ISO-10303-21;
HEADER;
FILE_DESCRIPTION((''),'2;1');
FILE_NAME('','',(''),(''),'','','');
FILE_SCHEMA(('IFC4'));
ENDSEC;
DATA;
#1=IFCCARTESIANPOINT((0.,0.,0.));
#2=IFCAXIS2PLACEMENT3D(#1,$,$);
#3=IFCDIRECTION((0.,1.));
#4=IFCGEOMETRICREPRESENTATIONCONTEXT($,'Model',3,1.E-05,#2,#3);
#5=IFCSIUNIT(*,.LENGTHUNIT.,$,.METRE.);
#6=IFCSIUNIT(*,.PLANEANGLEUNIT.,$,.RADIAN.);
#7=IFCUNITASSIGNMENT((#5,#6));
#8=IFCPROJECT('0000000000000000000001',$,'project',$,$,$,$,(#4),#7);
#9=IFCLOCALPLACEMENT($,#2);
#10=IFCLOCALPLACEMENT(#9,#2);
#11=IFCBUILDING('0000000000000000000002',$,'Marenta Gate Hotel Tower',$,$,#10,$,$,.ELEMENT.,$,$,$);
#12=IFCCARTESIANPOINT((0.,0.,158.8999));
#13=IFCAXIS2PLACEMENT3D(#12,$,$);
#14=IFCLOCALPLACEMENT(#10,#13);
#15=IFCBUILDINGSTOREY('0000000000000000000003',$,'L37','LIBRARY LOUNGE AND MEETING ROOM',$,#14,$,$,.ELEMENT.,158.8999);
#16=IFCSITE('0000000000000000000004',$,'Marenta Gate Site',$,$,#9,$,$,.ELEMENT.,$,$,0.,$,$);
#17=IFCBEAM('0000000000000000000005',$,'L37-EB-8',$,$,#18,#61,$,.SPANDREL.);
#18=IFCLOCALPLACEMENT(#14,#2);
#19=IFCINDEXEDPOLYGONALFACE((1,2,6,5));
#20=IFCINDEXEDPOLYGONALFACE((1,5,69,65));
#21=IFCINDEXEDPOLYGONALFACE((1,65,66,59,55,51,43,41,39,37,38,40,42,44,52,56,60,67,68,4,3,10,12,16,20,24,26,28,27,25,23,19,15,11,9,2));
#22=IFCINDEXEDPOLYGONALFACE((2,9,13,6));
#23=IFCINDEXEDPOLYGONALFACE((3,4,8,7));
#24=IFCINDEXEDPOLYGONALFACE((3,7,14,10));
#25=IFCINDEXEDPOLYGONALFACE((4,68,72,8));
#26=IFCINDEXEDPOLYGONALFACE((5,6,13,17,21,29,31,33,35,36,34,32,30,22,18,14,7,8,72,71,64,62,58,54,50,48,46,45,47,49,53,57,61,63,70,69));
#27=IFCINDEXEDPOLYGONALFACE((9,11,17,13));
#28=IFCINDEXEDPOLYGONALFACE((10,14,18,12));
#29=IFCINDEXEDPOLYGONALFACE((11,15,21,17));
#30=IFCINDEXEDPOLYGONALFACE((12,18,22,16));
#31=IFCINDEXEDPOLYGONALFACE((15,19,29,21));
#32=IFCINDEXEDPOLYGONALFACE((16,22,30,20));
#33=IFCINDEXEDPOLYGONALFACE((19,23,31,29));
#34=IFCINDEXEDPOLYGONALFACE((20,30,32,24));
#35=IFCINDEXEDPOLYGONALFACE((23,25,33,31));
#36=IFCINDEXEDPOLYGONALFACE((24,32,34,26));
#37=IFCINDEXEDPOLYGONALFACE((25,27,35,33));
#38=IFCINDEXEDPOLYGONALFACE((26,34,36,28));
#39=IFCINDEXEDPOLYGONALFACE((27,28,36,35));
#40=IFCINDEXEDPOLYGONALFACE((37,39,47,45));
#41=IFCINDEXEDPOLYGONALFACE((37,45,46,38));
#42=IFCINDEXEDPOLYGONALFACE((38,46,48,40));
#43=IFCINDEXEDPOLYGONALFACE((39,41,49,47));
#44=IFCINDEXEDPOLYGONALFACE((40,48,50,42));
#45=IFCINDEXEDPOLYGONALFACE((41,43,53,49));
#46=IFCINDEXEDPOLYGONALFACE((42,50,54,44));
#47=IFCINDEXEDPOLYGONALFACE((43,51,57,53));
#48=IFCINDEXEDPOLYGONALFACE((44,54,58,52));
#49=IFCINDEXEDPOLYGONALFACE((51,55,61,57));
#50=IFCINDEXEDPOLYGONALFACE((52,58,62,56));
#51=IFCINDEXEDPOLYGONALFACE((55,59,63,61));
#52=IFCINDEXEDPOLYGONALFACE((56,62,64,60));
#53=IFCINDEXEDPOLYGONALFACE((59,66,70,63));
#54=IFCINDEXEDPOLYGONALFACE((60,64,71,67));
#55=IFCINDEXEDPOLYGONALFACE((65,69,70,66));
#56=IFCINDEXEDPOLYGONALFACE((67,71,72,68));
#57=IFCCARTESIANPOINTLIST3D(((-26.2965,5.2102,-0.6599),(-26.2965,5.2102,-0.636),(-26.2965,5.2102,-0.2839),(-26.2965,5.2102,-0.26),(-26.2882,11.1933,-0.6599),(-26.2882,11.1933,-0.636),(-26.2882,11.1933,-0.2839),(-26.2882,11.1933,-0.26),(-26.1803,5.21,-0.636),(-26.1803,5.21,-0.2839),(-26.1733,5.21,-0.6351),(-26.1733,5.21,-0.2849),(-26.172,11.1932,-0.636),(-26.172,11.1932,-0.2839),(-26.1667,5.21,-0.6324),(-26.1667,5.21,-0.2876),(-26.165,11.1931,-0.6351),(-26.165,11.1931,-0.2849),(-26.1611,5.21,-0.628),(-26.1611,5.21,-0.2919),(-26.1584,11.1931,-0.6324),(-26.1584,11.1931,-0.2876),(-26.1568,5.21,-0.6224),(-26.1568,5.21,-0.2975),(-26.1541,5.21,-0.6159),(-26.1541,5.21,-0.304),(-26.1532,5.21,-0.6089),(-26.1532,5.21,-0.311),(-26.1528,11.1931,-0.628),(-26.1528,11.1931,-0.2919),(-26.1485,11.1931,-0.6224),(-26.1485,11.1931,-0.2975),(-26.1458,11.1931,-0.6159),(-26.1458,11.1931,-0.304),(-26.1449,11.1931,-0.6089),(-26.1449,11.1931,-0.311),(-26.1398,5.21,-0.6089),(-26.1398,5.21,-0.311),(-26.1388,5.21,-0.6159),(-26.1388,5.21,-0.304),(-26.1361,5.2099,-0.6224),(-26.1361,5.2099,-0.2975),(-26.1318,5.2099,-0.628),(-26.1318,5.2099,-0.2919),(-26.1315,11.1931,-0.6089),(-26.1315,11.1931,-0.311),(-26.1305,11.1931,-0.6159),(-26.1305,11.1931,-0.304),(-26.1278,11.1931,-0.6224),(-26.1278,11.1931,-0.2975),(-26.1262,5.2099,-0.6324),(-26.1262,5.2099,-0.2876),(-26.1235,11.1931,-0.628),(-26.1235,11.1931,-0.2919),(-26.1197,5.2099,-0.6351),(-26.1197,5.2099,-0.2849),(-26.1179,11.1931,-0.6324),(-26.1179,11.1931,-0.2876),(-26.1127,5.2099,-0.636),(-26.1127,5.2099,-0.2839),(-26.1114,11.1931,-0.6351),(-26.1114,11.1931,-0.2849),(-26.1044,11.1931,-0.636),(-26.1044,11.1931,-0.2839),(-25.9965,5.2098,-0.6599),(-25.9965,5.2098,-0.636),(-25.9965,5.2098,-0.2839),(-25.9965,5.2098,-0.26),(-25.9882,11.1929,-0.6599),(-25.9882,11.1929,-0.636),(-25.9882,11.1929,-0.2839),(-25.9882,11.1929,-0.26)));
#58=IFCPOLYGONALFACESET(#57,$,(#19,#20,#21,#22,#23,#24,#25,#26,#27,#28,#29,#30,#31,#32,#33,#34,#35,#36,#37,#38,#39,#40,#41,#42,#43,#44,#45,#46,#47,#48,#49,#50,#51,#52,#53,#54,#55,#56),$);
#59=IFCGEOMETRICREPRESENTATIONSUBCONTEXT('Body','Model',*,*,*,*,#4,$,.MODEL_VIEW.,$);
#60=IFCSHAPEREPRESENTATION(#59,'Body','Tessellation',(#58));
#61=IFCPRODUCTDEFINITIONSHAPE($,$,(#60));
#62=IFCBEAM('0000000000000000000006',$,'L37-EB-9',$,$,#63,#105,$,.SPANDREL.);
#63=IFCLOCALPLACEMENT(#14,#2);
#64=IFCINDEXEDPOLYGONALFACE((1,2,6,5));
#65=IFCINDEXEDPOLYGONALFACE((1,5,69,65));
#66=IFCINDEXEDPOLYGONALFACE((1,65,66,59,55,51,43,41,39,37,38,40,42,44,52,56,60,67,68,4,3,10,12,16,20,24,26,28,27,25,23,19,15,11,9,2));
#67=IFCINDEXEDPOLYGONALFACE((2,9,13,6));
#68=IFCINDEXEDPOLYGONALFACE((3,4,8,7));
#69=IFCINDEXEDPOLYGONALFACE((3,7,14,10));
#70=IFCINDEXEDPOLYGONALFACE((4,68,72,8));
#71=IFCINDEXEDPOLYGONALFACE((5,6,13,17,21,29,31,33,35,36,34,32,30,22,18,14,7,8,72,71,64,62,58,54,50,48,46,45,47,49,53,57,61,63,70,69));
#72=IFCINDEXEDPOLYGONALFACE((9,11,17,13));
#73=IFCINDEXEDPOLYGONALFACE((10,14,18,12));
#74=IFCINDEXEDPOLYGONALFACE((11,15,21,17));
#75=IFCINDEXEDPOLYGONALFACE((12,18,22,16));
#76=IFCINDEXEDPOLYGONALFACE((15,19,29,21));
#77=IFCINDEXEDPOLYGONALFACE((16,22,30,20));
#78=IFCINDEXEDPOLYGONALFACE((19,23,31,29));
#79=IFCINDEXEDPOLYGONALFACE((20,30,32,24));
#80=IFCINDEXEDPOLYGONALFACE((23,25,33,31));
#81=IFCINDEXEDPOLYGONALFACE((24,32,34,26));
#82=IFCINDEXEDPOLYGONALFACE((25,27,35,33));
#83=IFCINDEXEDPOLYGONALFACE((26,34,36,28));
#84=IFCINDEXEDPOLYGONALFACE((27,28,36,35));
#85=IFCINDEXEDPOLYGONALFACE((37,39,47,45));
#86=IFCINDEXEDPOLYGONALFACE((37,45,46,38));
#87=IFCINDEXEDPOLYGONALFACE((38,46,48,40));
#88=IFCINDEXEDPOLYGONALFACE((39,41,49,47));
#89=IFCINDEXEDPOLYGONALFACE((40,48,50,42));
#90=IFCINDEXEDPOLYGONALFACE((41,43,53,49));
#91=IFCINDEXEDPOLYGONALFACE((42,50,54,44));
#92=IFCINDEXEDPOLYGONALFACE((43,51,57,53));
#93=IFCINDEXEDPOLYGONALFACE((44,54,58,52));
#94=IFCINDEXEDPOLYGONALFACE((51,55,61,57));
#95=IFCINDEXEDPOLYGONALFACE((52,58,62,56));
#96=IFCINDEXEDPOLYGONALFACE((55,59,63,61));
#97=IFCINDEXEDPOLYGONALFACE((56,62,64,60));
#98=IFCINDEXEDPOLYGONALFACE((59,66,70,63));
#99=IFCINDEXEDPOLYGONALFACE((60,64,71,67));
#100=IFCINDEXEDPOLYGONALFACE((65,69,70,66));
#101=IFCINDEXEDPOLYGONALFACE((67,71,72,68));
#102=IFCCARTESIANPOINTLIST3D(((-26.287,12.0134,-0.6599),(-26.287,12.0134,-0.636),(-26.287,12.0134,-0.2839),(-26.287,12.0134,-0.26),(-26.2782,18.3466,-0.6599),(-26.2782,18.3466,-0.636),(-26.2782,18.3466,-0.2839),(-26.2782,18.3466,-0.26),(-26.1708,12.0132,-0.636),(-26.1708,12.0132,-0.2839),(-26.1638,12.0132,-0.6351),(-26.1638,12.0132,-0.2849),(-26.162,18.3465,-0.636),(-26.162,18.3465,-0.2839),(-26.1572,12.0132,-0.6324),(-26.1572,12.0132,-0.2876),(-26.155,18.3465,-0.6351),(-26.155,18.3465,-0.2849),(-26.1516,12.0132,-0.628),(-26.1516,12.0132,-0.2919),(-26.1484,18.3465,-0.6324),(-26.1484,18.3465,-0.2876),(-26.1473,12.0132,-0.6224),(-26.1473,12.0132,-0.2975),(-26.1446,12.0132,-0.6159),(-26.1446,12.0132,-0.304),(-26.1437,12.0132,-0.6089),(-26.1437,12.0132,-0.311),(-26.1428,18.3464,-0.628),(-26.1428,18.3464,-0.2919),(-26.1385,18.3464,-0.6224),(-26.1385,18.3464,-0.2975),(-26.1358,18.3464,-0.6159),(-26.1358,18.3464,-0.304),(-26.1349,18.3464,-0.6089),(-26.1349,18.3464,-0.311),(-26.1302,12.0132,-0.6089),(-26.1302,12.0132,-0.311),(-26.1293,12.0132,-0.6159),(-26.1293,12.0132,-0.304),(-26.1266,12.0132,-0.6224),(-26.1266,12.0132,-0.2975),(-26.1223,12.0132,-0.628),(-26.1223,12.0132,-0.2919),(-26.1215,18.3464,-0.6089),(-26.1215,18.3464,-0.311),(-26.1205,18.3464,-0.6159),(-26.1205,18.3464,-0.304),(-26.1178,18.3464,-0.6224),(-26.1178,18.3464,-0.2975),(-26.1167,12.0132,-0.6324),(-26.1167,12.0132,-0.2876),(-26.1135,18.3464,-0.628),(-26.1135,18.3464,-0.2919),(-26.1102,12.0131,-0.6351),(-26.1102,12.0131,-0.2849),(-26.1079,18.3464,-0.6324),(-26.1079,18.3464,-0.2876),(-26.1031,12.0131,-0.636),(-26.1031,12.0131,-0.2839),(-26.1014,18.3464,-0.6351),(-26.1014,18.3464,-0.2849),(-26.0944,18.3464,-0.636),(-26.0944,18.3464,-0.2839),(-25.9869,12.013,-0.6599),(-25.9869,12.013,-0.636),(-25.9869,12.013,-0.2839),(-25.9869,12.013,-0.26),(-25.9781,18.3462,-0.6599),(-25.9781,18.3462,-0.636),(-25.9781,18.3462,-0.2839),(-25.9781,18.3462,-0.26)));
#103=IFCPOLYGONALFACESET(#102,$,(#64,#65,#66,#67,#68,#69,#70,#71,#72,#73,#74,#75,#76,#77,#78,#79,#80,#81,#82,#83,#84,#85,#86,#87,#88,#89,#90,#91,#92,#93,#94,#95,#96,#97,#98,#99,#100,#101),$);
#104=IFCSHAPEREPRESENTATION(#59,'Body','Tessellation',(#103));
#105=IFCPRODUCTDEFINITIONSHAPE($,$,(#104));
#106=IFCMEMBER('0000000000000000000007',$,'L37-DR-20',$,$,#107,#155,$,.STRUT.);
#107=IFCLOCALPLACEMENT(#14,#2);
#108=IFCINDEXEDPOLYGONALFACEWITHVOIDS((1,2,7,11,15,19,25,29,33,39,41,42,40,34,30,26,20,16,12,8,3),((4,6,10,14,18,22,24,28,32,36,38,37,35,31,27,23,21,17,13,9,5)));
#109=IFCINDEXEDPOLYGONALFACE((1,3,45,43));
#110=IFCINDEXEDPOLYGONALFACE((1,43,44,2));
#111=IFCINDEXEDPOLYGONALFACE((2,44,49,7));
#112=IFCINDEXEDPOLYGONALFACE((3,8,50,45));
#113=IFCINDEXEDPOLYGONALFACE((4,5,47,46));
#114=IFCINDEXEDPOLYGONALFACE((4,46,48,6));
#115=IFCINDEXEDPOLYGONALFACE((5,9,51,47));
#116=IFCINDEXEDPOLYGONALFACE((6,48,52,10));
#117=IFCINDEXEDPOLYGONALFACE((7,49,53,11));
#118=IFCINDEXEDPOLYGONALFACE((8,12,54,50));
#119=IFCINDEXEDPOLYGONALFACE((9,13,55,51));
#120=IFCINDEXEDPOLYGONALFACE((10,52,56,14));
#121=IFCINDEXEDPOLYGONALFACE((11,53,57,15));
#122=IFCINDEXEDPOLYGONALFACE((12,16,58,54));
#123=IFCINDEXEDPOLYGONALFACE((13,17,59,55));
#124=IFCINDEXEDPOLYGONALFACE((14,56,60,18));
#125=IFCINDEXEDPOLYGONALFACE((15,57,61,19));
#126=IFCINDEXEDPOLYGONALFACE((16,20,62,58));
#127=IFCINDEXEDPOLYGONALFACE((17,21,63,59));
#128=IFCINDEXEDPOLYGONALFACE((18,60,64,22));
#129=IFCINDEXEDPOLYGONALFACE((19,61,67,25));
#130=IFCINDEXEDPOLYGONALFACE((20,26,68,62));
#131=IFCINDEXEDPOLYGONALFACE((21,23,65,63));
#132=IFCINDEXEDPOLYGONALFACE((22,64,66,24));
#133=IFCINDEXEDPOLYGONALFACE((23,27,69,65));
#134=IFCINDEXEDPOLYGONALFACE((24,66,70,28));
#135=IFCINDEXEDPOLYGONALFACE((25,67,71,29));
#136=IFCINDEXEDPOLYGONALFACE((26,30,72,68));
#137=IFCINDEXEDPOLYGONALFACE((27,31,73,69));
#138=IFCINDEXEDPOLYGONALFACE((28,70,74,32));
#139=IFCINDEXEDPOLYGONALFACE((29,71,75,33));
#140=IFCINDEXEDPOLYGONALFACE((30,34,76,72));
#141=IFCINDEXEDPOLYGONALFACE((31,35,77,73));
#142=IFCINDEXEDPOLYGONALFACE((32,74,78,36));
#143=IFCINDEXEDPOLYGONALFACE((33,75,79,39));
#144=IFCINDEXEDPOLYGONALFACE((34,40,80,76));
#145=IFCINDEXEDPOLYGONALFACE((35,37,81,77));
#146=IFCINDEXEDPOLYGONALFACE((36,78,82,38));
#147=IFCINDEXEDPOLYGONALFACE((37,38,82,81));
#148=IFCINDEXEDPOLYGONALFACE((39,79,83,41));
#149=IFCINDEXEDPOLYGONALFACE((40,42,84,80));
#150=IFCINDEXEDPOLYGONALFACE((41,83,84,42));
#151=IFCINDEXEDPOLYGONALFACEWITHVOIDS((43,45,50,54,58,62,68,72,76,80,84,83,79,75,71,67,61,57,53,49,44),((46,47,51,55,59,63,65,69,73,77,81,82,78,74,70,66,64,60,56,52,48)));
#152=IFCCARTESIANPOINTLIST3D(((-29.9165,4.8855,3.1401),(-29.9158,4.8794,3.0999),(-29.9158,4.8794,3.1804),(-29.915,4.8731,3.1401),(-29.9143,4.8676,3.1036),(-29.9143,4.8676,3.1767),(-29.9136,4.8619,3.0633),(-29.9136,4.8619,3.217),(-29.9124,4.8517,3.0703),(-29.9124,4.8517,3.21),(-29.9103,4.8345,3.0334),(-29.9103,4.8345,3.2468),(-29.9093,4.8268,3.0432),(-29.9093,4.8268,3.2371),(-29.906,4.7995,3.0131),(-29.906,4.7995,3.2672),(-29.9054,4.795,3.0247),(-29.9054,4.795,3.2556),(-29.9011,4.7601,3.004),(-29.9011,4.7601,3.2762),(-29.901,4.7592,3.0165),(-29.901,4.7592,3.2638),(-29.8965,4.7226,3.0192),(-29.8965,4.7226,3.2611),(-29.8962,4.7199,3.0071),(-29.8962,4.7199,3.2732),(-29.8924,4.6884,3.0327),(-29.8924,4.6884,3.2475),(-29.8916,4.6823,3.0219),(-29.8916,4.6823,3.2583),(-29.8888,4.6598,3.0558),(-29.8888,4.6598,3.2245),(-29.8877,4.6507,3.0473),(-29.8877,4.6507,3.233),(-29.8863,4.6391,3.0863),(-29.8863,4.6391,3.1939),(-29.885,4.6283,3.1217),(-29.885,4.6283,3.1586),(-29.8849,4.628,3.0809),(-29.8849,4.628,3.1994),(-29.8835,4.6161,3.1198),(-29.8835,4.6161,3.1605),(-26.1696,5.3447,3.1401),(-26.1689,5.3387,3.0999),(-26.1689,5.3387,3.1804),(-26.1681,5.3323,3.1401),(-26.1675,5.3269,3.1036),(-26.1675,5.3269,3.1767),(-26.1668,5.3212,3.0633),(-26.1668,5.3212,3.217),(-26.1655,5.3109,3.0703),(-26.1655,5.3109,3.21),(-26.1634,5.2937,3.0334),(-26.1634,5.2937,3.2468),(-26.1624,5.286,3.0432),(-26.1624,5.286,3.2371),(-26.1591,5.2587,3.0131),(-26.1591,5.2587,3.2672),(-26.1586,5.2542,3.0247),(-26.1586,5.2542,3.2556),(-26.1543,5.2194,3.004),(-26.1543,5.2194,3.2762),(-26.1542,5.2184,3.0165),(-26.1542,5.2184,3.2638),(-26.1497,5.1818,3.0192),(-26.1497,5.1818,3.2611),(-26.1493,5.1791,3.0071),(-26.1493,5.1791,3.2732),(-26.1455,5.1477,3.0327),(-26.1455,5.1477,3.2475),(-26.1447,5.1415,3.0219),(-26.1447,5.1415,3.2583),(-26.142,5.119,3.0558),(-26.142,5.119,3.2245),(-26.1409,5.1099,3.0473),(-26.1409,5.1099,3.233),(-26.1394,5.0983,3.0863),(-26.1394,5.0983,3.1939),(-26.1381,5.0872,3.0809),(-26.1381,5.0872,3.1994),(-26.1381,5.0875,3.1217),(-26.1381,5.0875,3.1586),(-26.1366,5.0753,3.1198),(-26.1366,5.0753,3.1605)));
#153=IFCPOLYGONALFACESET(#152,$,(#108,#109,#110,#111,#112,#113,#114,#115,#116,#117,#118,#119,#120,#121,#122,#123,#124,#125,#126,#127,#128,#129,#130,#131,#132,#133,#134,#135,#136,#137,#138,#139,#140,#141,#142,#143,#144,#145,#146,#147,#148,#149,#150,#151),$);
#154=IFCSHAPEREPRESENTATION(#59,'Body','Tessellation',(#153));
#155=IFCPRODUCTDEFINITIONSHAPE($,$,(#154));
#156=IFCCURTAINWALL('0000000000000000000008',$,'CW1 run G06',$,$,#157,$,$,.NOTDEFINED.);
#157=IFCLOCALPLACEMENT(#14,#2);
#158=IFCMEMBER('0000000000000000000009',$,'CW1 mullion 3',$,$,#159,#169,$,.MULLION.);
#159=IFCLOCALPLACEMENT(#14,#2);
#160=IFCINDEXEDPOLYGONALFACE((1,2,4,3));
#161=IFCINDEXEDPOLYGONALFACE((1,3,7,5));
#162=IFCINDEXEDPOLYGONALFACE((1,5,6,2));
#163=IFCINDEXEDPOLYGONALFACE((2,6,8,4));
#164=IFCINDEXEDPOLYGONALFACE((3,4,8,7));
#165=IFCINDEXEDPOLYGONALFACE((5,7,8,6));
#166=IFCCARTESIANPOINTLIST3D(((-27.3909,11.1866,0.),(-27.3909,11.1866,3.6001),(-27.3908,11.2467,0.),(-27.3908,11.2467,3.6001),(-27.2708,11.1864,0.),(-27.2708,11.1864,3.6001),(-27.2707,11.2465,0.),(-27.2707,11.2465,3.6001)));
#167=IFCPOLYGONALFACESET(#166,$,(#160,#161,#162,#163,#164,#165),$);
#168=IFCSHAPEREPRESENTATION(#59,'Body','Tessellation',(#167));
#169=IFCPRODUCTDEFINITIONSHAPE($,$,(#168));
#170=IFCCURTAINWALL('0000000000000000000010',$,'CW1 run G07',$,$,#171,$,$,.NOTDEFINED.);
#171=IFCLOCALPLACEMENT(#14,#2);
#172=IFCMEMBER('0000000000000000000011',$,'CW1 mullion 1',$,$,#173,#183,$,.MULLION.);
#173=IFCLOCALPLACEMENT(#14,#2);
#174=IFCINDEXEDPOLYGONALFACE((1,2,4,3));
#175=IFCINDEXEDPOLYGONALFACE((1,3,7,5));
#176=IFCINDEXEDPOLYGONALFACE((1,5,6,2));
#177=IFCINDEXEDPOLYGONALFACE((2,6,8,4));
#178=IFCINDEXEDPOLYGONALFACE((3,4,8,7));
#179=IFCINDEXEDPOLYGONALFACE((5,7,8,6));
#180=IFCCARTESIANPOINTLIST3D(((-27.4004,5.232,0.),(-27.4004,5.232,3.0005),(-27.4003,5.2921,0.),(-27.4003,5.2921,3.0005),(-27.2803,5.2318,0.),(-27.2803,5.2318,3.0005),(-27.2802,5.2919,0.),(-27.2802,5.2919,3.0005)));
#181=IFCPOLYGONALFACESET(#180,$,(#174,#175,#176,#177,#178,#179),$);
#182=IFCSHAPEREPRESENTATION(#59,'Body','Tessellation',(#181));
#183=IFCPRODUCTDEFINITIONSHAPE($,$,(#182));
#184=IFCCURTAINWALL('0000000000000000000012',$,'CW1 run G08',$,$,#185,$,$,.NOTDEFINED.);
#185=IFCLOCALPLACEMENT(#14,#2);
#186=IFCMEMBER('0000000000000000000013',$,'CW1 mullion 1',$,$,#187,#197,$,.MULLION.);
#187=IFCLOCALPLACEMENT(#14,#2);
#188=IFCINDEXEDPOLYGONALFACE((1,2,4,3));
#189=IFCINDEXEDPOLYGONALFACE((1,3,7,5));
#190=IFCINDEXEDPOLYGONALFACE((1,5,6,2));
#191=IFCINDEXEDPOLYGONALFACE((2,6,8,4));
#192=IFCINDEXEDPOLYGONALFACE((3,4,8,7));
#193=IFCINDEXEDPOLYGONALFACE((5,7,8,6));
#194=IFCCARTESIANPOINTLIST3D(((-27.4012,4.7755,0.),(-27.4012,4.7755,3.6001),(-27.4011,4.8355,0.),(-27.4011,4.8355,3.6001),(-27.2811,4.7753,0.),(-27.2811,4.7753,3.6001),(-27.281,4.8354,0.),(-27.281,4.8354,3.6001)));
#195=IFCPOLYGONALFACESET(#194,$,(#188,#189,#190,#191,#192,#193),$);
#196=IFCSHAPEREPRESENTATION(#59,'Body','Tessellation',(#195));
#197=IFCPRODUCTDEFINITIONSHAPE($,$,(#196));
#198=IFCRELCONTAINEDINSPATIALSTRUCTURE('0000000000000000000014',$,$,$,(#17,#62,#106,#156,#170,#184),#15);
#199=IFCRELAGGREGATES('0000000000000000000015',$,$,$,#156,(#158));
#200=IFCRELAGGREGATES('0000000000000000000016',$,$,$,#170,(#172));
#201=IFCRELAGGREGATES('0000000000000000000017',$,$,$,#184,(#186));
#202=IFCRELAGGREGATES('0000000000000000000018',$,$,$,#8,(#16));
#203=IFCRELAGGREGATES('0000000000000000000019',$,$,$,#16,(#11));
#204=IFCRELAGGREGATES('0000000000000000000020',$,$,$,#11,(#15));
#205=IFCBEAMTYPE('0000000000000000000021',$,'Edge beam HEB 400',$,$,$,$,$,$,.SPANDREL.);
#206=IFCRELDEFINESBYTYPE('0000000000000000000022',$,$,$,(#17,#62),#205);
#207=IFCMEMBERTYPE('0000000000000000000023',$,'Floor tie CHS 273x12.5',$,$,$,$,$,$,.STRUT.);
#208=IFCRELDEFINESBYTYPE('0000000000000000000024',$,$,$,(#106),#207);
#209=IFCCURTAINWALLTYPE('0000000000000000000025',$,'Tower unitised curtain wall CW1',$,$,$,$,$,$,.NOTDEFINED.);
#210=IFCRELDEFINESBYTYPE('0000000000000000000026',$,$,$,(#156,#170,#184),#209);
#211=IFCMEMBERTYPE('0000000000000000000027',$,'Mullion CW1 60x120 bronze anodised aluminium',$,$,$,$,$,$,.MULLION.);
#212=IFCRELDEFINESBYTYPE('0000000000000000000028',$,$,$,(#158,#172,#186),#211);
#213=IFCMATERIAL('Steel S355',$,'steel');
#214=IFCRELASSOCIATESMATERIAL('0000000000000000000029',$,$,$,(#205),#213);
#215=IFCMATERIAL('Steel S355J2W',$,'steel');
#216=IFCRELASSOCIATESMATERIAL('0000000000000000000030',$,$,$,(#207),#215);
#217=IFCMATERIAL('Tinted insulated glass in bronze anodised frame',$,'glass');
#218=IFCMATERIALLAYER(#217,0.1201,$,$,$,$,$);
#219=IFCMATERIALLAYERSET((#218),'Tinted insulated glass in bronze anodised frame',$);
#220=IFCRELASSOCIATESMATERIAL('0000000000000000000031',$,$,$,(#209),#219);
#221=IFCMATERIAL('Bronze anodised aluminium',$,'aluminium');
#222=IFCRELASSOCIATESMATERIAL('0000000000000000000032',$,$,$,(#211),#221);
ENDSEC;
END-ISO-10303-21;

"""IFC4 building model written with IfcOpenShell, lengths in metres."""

from ifc_helpers import new_model, si_unit, direction, frame, origin, origin_2d, place, context, subcontext, project, spatial, rectangle, hollow_circle, i_section, extrude, material, layer, layer_set, material_profile, profile_set, type_object, element, aggregate, save


model = new_model("IFC4")

# Units and contexts
model_context = context("Model", 3, precision=1e-05, world=origin(), true_north=direction((0.0, 1.0)))
body_context = subcontext(model_context, "Body", "Model", "MODEL_VIEW")
ifc_project = project(units=[si_unit("LENGTHUNIT", "METRE"), si_unit("PLANEANGLEUNIT", "RADIAN")], contexts=[model_context])

# Site, building, storey
site_placement = place(None, origin())
site = spatial("IfcSite", under=ifc_project, at=site_placement, Name="Marenta Gate Site", CompositionType="ELEMENT", RefElevation=0.0)
building_placement = place(site_placement, origin())
building = spatial("IfcBuilding", under=site, at=building_placement, Name="Marenta Gate Hotel Tower", CompositionType="ELEMENT")
storey_placement = place(building_placement, frame((0.0, 0.0, 158.8999)))
storey = spatial("IfcBuildingStorey", under=building, at=storey_placement, Name="L37", Description="LIBRARY LOUNGE AND MEETING ROOM", CompositionType="ELEMENT", Elevation=158.8999)

# Beams
ifc_material_1 = material(Name="Steel S355", Category="steel")
ifc_material_profile_1 = material_profile(ifc_material_1, i_section(OverallWidth=0.3, OverallDepth=0.3999, WebThickness=0.0134, FlangeThickness=0.0239, FilletRadius=0.0271, at=origin_2d()), Name="HEB 400")
ifc_profile_set_1 = profile_set([ifc_material_profile_1], Name="Steel S355")
beam_type = type_object("IfcBeamType", Name="Edge beam HEB 400", PredefinedType="SPANDREL", material=ifc_profile_set_1)
beam_1_placement = place(storey_placement, frame((-26.1465, 5.21, -0.46), z_axis=(0.001387, 0.999999, 0.0), x_axis=(-0.999999, 0.001387, 0.0)))
element("IfcBeam", 1, at=beam_1_placement, inside=storey, type_object=beam_type, Name="L37-EB-8", PredefinedType="SPANDREL", context=body_context, shape_type="SweptSolid", body=[
    extrude(i_section(OverallWidth=0.3, OverallDepth=0.3999, WebThickness=0.0134, FlangeThickness=0.0239, FilletRadius=0.0271, at=origin_2d()), origin(), (0.0, 0.0, 1.0), 5.9832),
])
beam_2_placement = place(storey_placement, frame((-26.137, 12.0132, -0.46), z_axis=(0.001388, 0.999999, 0.0), x_axis=(-0.999999, 0.001388, 0.0)))
element("IfcBeam", 2, at=beam_2_placement, inside=storey, type_object=beam_type, Name="L37-EB-9", PredefinedType="SPANDREL", context=body_context, shape_type="SweptSolid", body=[
    extrude(i_section(OverallWidth=0.3, OverallDepth=0.3999, WebThickness=0.0134, FlangeThickness=0.0239, FilletRadius=0.0271, at=origin_2d()), origin(), (0.0, 0.0, 1.0), 6.3333),
])

# Member
ifc_material_2 = material(Name="Steel S355J2W", Category="steel")
ifc_material_profile_2 = material_profile(ifc_material_2, hollow_circle(Radius=0.1365, WallThickness=0.0125, at=origin_2d()), Name="CHS 273x12.5")
ifc_profile_set_2 = profile_set([ifc_material_profile_2], Name="Steel S355J2W")
member_type_1 = type_object("IfcMemberType", Name="Floor tie CHS 273x12.5", PredefinedType="STRUT", material=ifc_profile_set_2)
member_1_placement = place(storey_placement, frame((-29.8999, 4.75, 3.1401), z_axis=(0.992573, 0.121654, 0.0), x_axis=(-0.121654, 0.992573, 0.0)))
element("IfcMember", 3, at=member_1_placement, inside=storey, type_object=member_type_1, Name="L37-DR-20", PredefinedType="STRUT", context=body_context, shape_type="SweptSolid", body=[
    extrude(hollow_circle(Radius=0.1365, WallThickness=0.0125, at=origin_2d()), origin(), (0.0, 0.0, 1.0), 3.7749),
])

# Curtain walls, members
ifc_material_3 = material(Name="Tinted insulated glass in bronze anodised frame", Category="glass")
ifc_layer_1 = layer(ifc_material_3, 0.1201)
ifc_layer_set_1 = layer_set([ifc_layer_1], Name="Tinted insulated glass in bronze anodised frame")
curtain_wall_type = type_object("IfcCurtainWallType", Name="Tower unitised curtain wall CW1", PredefinedType="NOTDEFINED", material=ifc_layer_set_1)
curtain_wall_1_placement = place(storey_placement, origin())
curtain_wall_1 = element("IfcCurtainWall", 4, at=curtain_wall_1_placement, inside=storey, type_object=curtain_wall_type, Name="CW1 run G06", PredefinedType="NOTDEFINED")
ifc_material_4 = material(Name="Bronze anodised aluminium", Category="aluminium")
ifc_material_profile_3 = material_profile(ifc_material_4, rectangle(XDim=0.1201, YDim=0.0601, at=origin_2d()), Name="Mullion CW1 60x120 bronze anodised aluminium")
ifc_profile_set_3 = profile_set([ifc_material_profile_3], Name="Bronze anodised aluminium")
member_type_2 = type_object("IfcMemberType", Name="Mullion CW1 60x120 bronze anodised aluminium", PredefinedType="MULLION", material=ifc_profile_set_3)
member_2_placement = place(storey_placement, frame((-27.3308, 11.2166, 0.0), z_axis=(0.0, 0.0, 1.0), x_axis=(0.999999, -0.00157, 0.0)))
member_2 = element("IfcMember", 5, at=member_2_placement, type_object=member_type_2, Name="CW1 mullion 3", PredefinedType="MULLION", context=body_context, shape_type="SweptSolid", body=[
    extrude(rectangle(XDim=0.1201, YDim=0.0601, at=origin_2d()), origin(), (0.0, 0.0, 1.0), 3.6001),
])
curtain_wall_2_placement = place(storey_placement, origin())
curtain_wall_2 = element("IfcCurtainWall", 6, at=curtain_wall_2_placement, inside=storey, type_object=curtain_wall_type, Name="CW1 run G07", PredefinedType="NOTDEFINED")
member_3_placement = place(storey_placement, frame((-27.3403, 5.262, 0.0), z_axis=(0.0, 0.0, 1.0), x_axis=(0.999999, -0.001533, 0.0)))
member_3 = element("IfcMember", 7, at=member_3_placement, type_object=member_type_2, Name="CW1 mullion 1", PredefinedType="MULLION", context=body_context, shape_type="SweptSolid", body=[
    extrude(rectangle(XDim=0.1201, YDim=0.0601, at=origin_2d()), origin(), (0.0, 0.0, 1.0), 3.0005),
])
curtain_wall_3_placement = place(storey_placement, origin())
curtain_wall_3 = element("IfcCurtainWall", 8, at=curtain_wall_3_placement, inside=storey, type_object=curtain_wall_type, Name="CW1 run G08", PredefinedType="NOTDEFINED")
member_4_placement = place(storey_placement, frame((-27.3411, 4.8054, 0.0), z_axis=(0.0, 0.0, 1.0), x_axis=(0.999999, -0.001565, 0.0)))
member_4 = element("IfcMember", 9, at=member_4_placement, type_object=member_type_2, Name="CW1 mullion 1", PredefinedType="MULLION", context=body_context, shape_type="SweptSolid", body=[
    extrude(rectangle(XDim=0.1201, YDim=0.0601, at=origin_2d()), origin(), (0.0, 0.0, 1.0), 3.6001),
])

aggregate(curtain_wall_1, [member_2])
aggregate(curtain_wall_2, [member_3])
aggregate(curtain_wall_3, [member_4])

save(model, "model.ifc")
